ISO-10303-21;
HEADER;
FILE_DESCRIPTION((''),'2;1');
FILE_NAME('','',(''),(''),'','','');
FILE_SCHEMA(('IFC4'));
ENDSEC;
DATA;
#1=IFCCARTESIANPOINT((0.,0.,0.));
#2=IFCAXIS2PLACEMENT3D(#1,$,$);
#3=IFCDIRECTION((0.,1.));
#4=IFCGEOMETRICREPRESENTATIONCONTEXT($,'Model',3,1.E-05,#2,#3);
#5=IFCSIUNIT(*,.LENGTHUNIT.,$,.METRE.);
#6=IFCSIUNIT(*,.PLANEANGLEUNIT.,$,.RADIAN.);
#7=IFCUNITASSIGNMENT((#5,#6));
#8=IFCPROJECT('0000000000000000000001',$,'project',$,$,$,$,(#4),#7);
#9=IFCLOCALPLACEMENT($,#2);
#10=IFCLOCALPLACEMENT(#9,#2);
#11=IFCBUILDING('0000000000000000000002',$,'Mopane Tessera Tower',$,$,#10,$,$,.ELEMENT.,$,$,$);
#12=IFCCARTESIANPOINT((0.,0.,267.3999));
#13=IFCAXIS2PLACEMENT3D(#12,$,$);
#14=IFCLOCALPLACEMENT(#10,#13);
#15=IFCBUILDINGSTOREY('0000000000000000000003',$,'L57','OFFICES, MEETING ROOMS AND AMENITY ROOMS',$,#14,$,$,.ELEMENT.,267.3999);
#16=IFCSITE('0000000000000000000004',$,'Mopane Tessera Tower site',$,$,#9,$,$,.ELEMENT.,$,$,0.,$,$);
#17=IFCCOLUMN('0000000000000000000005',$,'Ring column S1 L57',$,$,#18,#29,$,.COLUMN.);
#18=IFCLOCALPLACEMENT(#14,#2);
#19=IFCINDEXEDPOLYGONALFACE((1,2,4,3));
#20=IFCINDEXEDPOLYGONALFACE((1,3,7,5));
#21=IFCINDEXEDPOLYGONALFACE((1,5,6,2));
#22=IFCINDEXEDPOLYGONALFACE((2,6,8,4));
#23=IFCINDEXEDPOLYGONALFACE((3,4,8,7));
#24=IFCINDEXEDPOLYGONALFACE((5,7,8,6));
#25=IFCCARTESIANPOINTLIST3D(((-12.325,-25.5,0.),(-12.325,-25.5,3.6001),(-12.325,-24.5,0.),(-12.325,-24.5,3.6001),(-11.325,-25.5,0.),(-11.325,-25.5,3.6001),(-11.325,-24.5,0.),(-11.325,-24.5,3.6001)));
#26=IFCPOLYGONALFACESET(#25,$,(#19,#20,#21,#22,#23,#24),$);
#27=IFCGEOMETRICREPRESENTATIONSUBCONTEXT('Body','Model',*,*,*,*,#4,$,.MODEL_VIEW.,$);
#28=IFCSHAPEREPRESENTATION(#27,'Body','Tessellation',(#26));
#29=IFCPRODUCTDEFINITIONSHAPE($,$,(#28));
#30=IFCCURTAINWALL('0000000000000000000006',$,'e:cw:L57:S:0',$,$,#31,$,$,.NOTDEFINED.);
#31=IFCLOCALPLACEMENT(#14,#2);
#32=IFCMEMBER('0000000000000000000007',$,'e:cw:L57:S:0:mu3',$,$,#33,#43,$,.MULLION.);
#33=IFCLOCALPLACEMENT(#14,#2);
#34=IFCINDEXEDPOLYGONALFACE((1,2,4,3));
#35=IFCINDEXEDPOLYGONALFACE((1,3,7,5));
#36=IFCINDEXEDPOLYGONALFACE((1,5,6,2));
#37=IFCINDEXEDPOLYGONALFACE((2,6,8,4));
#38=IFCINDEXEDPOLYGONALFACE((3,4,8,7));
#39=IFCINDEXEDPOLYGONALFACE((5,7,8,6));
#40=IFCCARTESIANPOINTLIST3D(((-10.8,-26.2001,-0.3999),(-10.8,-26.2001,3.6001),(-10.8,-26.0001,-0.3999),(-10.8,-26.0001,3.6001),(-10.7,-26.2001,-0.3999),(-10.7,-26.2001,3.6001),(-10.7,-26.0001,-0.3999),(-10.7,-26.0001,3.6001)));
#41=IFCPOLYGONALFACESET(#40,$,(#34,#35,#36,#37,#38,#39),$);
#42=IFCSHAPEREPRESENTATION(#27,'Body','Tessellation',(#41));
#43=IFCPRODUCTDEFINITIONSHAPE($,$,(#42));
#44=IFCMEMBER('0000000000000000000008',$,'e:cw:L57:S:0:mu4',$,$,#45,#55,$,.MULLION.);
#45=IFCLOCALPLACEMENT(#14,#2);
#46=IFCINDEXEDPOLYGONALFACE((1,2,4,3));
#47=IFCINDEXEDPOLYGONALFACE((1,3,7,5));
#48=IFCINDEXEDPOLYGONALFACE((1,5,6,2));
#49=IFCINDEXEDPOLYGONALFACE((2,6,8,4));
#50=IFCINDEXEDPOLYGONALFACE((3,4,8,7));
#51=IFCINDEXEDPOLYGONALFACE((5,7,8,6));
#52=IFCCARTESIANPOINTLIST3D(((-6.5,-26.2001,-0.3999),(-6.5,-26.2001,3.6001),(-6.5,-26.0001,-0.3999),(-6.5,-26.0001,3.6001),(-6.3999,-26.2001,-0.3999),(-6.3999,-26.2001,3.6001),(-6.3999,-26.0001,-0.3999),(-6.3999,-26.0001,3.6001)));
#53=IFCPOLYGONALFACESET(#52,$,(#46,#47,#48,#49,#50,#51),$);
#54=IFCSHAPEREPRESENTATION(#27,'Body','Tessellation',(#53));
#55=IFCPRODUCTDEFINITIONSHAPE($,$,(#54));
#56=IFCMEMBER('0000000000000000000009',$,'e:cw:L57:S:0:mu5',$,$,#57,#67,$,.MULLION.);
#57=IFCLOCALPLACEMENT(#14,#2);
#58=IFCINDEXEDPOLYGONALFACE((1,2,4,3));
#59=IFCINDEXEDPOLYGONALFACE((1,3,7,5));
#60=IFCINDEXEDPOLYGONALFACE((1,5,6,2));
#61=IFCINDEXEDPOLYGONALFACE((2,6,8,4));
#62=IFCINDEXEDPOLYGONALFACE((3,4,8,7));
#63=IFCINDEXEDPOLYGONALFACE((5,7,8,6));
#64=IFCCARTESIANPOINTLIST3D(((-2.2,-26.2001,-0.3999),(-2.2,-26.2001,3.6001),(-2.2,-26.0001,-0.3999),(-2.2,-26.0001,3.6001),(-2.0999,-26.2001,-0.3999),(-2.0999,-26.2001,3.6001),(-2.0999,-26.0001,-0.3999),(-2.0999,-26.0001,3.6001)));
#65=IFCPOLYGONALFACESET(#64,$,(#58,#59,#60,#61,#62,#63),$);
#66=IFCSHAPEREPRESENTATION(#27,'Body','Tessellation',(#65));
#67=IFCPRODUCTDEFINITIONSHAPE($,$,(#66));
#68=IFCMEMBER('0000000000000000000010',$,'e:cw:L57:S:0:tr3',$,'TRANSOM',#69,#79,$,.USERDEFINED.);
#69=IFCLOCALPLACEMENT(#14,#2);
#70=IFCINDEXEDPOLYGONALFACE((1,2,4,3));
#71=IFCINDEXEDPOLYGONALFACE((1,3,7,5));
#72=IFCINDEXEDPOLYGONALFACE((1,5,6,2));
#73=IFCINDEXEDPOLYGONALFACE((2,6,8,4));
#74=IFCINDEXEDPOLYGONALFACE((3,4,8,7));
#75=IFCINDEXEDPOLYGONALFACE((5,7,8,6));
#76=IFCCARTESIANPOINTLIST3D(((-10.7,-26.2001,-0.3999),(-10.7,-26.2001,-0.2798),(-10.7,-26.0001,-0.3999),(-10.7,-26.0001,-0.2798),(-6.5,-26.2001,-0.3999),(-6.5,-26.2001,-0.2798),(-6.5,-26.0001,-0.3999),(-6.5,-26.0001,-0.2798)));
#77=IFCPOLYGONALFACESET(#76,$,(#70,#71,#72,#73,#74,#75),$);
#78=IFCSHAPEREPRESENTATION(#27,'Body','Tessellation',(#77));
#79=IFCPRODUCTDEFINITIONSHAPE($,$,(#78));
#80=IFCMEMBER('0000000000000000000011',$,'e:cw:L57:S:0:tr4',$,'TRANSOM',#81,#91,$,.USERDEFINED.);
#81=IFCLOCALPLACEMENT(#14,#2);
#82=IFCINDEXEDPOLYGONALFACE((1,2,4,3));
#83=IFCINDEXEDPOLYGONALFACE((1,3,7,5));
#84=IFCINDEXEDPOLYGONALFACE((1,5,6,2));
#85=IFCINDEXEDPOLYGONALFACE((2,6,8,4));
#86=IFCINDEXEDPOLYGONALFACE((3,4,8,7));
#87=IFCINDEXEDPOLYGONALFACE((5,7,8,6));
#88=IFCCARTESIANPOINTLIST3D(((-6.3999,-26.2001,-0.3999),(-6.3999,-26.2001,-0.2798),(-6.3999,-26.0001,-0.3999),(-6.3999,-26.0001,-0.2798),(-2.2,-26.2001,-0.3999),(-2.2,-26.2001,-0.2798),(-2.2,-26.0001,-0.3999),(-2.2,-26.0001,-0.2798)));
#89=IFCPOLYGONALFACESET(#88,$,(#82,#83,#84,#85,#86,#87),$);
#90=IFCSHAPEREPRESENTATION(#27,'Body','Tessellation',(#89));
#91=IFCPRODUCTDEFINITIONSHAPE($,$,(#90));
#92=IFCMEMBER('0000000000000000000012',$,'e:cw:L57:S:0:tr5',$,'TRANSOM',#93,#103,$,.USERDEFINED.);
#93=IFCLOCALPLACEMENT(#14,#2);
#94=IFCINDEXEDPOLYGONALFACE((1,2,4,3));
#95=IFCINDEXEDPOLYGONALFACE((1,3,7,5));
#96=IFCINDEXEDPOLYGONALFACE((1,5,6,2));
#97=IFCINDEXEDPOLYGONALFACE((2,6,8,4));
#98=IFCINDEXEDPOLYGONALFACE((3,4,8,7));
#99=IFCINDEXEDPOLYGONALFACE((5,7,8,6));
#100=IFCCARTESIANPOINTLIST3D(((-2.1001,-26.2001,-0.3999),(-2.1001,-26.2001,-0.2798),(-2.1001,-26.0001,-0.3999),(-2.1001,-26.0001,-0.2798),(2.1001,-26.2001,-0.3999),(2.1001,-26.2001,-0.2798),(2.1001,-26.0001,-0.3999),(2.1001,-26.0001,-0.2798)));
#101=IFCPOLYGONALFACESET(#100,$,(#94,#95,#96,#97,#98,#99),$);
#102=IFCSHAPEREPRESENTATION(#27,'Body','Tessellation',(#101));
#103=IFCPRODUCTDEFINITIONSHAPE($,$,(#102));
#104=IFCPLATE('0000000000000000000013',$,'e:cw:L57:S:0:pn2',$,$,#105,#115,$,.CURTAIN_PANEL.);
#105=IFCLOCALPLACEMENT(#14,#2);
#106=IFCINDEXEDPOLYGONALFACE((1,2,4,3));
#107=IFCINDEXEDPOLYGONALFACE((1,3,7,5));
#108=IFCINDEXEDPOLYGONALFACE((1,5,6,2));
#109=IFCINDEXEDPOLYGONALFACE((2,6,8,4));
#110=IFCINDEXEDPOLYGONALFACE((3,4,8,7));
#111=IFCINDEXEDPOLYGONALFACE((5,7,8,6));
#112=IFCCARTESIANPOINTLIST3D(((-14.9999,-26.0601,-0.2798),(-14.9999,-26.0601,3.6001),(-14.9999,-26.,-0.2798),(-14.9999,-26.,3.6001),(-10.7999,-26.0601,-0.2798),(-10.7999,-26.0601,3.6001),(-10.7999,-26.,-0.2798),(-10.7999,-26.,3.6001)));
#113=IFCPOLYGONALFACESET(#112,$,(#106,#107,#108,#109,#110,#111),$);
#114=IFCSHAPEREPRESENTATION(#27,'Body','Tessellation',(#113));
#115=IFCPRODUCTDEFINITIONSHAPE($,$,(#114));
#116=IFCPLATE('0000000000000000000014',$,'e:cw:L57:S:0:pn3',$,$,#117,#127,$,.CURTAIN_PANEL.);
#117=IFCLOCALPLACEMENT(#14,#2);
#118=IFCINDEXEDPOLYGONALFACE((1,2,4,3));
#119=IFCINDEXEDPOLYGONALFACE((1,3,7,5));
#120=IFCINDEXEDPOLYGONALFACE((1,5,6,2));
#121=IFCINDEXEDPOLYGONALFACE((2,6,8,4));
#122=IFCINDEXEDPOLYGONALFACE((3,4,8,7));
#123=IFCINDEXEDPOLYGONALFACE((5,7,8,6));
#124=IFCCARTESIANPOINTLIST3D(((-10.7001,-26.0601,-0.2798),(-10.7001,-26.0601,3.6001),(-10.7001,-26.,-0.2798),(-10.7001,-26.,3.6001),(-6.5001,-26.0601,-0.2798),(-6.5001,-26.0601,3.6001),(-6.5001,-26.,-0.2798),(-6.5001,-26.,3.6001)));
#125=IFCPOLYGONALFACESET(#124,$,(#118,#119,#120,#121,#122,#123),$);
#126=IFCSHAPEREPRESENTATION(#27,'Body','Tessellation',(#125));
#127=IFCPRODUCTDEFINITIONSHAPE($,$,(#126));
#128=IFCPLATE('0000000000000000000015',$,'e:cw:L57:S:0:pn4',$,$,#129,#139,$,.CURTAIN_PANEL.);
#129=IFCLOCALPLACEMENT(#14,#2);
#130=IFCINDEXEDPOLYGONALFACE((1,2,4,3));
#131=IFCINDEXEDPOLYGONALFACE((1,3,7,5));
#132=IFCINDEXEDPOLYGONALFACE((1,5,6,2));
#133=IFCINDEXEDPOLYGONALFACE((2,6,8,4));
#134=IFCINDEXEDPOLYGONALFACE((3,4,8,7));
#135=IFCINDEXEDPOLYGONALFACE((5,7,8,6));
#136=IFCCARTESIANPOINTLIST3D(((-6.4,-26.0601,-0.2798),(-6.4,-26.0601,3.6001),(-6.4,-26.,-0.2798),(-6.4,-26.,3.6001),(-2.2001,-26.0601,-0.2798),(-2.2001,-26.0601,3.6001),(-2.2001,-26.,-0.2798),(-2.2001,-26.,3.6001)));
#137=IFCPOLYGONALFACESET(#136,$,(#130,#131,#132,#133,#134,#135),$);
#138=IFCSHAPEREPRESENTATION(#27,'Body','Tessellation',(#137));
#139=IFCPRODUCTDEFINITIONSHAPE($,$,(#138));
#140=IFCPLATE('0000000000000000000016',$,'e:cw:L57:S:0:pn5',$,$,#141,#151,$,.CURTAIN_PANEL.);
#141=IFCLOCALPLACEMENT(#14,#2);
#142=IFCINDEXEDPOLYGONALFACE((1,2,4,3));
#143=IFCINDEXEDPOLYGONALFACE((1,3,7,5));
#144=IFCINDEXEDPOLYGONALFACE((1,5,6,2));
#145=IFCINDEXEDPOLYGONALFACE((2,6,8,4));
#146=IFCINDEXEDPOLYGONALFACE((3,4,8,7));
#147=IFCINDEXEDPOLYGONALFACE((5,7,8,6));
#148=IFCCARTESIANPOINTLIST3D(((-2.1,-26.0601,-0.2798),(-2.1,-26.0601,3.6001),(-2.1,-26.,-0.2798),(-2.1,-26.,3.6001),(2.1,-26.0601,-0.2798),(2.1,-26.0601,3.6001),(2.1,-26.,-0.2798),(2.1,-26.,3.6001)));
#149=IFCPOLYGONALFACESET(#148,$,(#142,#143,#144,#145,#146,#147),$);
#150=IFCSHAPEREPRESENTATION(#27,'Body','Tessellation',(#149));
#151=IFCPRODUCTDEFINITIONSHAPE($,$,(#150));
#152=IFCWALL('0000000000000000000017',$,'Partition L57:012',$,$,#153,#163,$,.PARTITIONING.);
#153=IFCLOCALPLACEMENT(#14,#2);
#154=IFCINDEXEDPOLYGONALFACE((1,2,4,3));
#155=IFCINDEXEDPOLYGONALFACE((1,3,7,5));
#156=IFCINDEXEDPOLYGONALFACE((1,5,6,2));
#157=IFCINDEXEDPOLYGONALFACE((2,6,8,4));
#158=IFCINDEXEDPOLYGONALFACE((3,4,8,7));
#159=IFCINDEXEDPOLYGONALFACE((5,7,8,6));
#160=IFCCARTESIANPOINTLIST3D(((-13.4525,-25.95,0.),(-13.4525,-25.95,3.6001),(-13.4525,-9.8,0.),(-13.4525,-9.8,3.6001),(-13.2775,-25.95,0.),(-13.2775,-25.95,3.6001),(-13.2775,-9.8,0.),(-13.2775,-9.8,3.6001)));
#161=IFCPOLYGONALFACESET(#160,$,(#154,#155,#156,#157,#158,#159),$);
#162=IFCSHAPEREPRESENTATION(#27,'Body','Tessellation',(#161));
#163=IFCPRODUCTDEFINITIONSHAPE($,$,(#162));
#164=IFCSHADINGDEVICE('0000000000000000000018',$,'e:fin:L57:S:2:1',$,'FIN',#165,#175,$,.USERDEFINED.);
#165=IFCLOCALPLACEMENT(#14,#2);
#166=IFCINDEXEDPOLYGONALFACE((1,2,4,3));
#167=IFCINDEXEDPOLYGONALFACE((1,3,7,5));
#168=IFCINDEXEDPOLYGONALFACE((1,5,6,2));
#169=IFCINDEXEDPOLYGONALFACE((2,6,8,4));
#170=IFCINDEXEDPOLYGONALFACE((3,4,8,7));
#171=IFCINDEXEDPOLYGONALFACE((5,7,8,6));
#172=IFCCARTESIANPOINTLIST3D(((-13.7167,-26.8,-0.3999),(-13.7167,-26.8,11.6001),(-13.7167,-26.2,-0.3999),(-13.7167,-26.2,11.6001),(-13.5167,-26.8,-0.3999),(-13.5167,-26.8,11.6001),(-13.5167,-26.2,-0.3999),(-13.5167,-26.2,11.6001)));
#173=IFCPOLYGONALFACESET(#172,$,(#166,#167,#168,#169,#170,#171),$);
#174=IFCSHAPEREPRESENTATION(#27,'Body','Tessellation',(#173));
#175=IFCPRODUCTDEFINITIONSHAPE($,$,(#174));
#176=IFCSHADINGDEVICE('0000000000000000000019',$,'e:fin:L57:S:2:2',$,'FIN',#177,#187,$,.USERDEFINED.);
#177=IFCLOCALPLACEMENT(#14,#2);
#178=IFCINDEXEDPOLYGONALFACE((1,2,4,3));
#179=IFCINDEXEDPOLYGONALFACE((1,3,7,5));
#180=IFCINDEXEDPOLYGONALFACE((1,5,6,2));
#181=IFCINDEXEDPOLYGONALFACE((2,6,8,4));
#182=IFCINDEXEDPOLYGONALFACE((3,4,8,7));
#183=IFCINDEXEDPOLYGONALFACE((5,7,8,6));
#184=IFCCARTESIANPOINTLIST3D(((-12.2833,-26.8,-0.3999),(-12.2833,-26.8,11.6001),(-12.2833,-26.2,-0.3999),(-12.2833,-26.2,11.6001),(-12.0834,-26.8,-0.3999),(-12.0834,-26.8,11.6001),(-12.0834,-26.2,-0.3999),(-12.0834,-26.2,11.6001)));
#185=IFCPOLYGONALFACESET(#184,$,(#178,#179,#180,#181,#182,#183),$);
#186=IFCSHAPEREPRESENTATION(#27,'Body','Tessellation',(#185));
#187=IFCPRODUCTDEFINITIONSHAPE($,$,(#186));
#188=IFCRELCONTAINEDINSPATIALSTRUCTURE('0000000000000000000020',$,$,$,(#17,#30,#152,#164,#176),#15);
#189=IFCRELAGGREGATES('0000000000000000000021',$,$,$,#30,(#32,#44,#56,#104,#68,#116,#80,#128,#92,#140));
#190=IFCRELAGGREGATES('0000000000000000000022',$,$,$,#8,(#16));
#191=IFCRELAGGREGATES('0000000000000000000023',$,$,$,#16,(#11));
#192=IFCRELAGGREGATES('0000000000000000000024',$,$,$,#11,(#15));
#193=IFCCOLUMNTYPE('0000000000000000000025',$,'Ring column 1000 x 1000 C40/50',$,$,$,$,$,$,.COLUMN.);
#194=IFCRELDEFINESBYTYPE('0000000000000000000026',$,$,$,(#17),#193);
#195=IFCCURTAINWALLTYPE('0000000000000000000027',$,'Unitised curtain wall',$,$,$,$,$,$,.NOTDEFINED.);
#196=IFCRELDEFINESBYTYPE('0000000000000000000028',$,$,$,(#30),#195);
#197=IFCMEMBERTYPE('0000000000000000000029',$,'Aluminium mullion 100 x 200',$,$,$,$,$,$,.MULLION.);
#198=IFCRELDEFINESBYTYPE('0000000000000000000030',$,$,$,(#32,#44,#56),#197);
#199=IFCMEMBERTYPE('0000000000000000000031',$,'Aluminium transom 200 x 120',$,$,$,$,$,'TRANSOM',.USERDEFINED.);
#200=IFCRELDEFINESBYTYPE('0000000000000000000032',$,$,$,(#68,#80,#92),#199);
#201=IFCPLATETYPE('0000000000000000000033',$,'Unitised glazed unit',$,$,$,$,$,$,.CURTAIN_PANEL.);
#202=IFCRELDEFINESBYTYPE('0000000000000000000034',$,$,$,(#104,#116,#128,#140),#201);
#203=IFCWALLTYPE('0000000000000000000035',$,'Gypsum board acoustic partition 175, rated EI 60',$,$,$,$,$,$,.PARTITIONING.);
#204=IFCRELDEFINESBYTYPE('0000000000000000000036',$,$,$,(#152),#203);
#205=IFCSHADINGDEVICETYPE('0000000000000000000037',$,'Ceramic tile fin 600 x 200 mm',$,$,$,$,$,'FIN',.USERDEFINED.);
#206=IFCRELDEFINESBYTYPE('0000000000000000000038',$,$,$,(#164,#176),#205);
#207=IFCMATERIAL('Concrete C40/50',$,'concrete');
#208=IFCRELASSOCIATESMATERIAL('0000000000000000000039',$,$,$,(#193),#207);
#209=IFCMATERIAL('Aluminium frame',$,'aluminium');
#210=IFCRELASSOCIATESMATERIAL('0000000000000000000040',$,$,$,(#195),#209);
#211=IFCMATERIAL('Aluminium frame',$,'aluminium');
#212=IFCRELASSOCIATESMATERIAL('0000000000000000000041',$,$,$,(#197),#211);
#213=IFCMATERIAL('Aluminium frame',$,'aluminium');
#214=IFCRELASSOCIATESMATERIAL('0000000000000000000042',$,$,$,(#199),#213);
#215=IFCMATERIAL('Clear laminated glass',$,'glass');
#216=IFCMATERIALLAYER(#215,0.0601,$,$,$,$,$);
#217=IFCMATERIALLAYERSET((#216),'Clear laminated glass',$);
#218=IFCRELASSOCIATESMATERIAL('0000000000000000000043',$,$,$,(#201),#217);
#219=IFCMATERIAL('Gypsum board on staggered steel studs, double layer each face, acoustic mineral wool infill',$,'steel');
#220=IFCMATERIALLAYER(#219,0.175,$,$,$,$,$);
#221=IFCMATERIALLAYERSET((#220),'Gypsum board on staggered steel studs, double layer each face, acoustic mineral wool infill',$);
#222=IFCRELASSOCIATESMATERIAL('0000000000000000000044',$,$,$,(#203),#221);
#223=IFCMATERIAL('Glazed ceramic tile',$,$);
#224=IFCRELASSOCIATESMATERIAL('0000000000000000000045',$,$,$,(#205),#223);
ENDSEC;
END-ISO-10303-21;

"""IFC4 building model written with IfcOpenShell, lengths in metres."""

from ifc_helpers import new_model, si_unit, direction, frame, frame_2d, origin, origin_2d, place, context, subcontext, project, spatial, rectangle, extrude, material, layer, layer_set, material_profile, profile_set, type_object, element, aggregate, save


model = new_model("IFC4")

# Units and contexts
model_context = context("Model", 3, precision=1e-05, world=origin(), true_north=direction((0.0, 1.0)))
body_context = subcontext(model_context, "Body", "Model", "MODEL_VIEW")
ifc_project = project(units=[si_unit("LENGTHUNIT", "METRE"), si_unit("PLANEANGLEUNIT", "RADIAN")], contexts=[model_context])

# Site, building, storey
site_placement = place(None, origin())
site = spatial("IfcSite", under=ifc_project, at=site_placement, Name="Mopane Tessera Tower site", CompositionType="ELEMENT", RefElevation=0.0)
building_placement = place(site_placement, origin())
building = spatial("IfcBuilding", under=site, at=building_placement, Name="Mopane Tessera Tower", CompositionType="ELEMENT")
storey_placement = place(building_placement, frame((0.0, 0.0, 267.3999)))
storey = spatial("IfcBuildingStorey", under=building, at=storey_placement, Name="L57", Description="OFFICES, MEETING ROOMS AND AMENITY ROOMS", CompositionType="ELEMENT", Elevation=267.3999)

# Column
ifc_material_1 = material(Name="Concrete C40/50", Category="concrete")
ifc_material_profile_1 = material_profile(ifc_material_1, rectangle(XDim=1.0, YDim=1.0, at=origin_2d()))
ifc_profile_set_1 = profile_set([ifc_material_profile_1], Name="Concrete C40/50")
column_type = type_object("IfcColumnType", Name="Ring column 1000 x 1000 C40/50", PredefinedType="COLUMN", material=ifc_profile_set_1)
column_placement = place(storey_placement, frame((-11.825, -25.0, 0.0), z_axis=(0.0, 0.0, 1.0), x_axis=(1.0, 0.0, 0.0)))
element("IfcColumn", 1, at=column_placement, inside=storey, type_object=column_type, Name="Ring column S1 L57", PredefinedType="COLUMN", context=body_context, shape_type="SweptSolid", body=[
    extrude(rectangle(XDim=1.0, YDim=1.0, at=origin_2d()), origin(), (0.0, 0.0, 1.0), 3.6001),
])

# Curtain wall, members, plates
ifc_material_2 = material(Name="Aluminium frame", Category="aluminium")
curtain_wall_type = type_object("IfcCurtainWallType", Name="Unitised curtain wall", PredefinedType="NOTDEFINED", material=ifc_material_2)
curtain_wall_placement = place(storey_placement, origin())
curtain_wall = element("IfcCurtainWall", 2, at=curtain_wall_placement, inside=storey, type_object=curtain_wall_type, Name="e:cw:L57:S:0", PredefinedType="NOTDEFINED")
ifc_material_3 = material(Name="Aluminium frame", Category="aluminium")
ifc_material_profile_2 = material_profile(ifc_material_3, rectangle(XDim=0.1001, YDim=0.2, at=origin_2d()))
ifc_profile_set_2 = profile_set([ifc_material_profile_2], Name="Aluminium frame")
member_type_1 = type_object("IfcMemberType", Name="Aluminium mullion 100 x 200", PredefinedType="MULLION", material=ifc_profile_set_2)
member_1_placement = place(storey_placement, frame((-10.75, -26.1001, -0.3999), z_axis=(0.0, 0.0, 1.0), x_axis=(1.0, 0.0, 0.0)))
member_1 = element("IfcMember", 3, at=member_1_placement, type_object=member_type_1, Name="e:cw:L57:S:0:mu3", PredefinedType="MULLION", context=body_context, shape_type="SweptSolid", body=[
    extrude(rectangle(XDim=0.1001, YDim=0.2, at=origin_2d()), origin(), (0.0, 0.0, 1.0), 4.0),
])
member_2_placement = place(storey_placement, frame((-6.45, -26.1001, -0.3999), z_axis=(0.0, 0.0, 1.0), x_axis=(1.0, 0.0, 0.0)))
member_2 = element("IfcMember", 4, at=member_2_placement, type_object=member_type_1, Name="e:cw:L57:S:0:mu4", PredefinedType="MULLION", context=body_context, shape_type="SweptSolid", body=[
    extrude(rectangle(XDim=0.1001, YDim=0.2, at=origin_2d()), origin(), (0.0, 0.0, 1.0), 4.0),
])
member_3_placement = place(storey_placement, frame((-2.1499, -26.1001, -0.3999), z_axis=(0.0, 0.0, 1.0), x_axis=(1.0, 0.0, 0.0)))
member_3 = element("IfcMember", 5, at=member_3_placement, type_object=member_type_1, Name="e:cw:L57:S:0:mu5", PredefinedType="MULLION", context=body_context, shape_type="SweptSolid", body=[
    extrude(rectangle(XDim=0.1001, YDim=0.2, at=origin_2d()), origin(), (0.0, 0.0, 1.0), 4.0),
])
ifc_material_4 = material(Name="Aluminium frame", Category="aluminium")
ifc_material_profile_3 = material_profile(ifc_material_4, rectangle(XDim=0.2, YDim=0.1201, at=origin_2d()))
ifc_profile_set_3 = profile_set([ifc_material_profile_3], Name="Aluminium frame")
member_type_2 = type_object("IfcMemberType", Name="Aluminium transom 200 x 120", ElementType="TRANSOM", PredefinedType="USERDEFINED", material=ifc_profile_set_3)
member_4_placement = place(storey_placement, frame((-10.7, -26.1001, -0.3398), z_axis=(1.0, 0.0, 0.0), x_axis=(0.0, 1.0, 0.0)))
member_4 = element("IfcMember", 6, at=member_4_placement, type_object=member_type_2, Name="e:cw:L57:S:0:tr3", ObjectType="TRANSOM", PredefinedType="USERDEFINED", context=body_context, shape_type="SweptSolid", body=[
    extrude(rectangle(XDim=0.2, YDim=0.1201, at=origin_2d()), origin(), (0.0, 0.0, 1.0), 4.2),
])
member_5_placement = place(storey_placement, frame((-6.3999, -26.1001, -0.3398), z_axis=(1.0, 0.0, 0.0), x_axis=(0.0, 1.0, 0.0)))
member_5 = element("IfcMember", 7, at=member_5_placement, type_object=member_type_2, Name="e:cw:L57:S:0:tr4", ObjectType="TRANSOM", PredefinedType="USERDEFINED", context=body_context, shape_type="SweptSolid", body=[
    extrude(rectangle(XDim=0.2, YDim=0.1201, at=origin_2d()), origin(), (0.0, 0.0, 1.0), 4.2),
])
member_6_placement = place(storey_placement, frame((-2.1001, -26.1001, -0.3398), z_axis=(1.0, 0.0, 0.0), x_axis=(0.0, 1.0, 0.0)))
member_6 = element("IfcMember", 8, at=member_6_placement, type_object=member_type_2, Name="e:cw:L57:S:0:tr5", ObjectType="TRANSOM", PredefinedType="USERDEFINED", context=body_context, shape_type="SweptSolid", body=[
    extrude(rectangle(XDim=0.2, YDim=0.1201, at=origin_2d()), origin(), (0.0, 0.0, 1.0), 4.2002),
])
ifc_material_5 = material(Name="Clear laminated glass", Category="glass")
ifc_layer_1 = layer(ifc_material_5, 0.0601)
ifc_layer_set_1 = layer_set([ifc_layer_1], Name="Clear laminated glass")
plate_type = type_object("IfcPlateType", Name="Unitised glazed unit", PredefinedType="CURTAIN_PANEL", material=ifc_layer_set_1)
plate_1_placement = place(storey_placement, frame((-12.8999, -26.03, -0.2798), z_axis=(0.0, 0.0, 1.0), x_axis=(1.0, 0.0, 0.0)))
plate_1 = element("IfcPlate", 9, at=plate_1_placement, type_object=plate_type, Name="e:cw:L57:S:0:pn2", PredefinedType="CURTAIN_PANEL", context=body_context, shape_type="SweptSolid", body=[
    extrude(rectangle(XDim=4.2, YDim=0.0601, at=origin_2d()), origin(), (0.0, 0.0, 1.0), 3.8799),
])
plate_2_placement = place(storey_placement, frame((-8.6001, -26.03, -0.2798), z_axis=(0.0, 0.0, 1.0), x_axis=(1.0, 0.0, 0.0)))
plate_2 = element("IfcPlate", 10, at=plate_2_placement, type_object=plate_type, Name="e:cw:L57:S:0:pn3", PredefinedType="CURTAIN_PANEL", context=body_context, shape_type="SweptSolid", body=[
    extrude(rectangle(XDim=4.2, YDim=0.0601, at=origin_2d()), origin(), (0.0, 0.0, 1.0), 3.8799),
])
plate_3_placement = place(storey_placement, frame((-4.3, -26.03, -0.2798), z_axis=(0.0, 0.0, 1.0), x_axis=(1.0, 0.0, 0.0)))
plate_3 = element("IfcPlate", 11, at=plate_3_placement, type_object=plate_type, Name="e:cw:L57:S:0:pn4", PredefinedType="CURTAIN_PANEL", context=body_context, shape_type="SweptSolid", body=[
    extrude(rectangle(XDim=4.2, YDim=0.0601, at=origin_2d()), origin(), (0.0, 0.0, 1.0), 3.8799),
])
plate_4_placement = place(storey_placement, frame((0.0, -26.03, -0.2798), z_axis=(0.0, 0.0, 1.0), x_axis=(1.0, 0.0, 0.0)))
plate_4 = element("IfcPlate", 12, at=plate_4_placement, type_object=plate_type, Name="e:cw:L57:S:0:pn5", PredefinedType="CURTAIN_PANEL", context=body_context, shape_type="SweptSolid", body=[
    extrude(rectangle(XDim=4.2, YDim=0.0601, at=origin_2d()), origin(), (0.0, 0.0, 1.0), 3.8799),
])
aggregate(curtain_wall, [member_1, member_2, member_3, plate_1, member_4, plate_2, member_5, plate_3, member_6, plate_4])

# Wall
ifc_material_6 = material(Name="Gypsum board on staggered steel studs, double layer each face, acoustic mineral wool infill", Category="steel")
ifc_layer_2 = layer(ifc_material_6, 0.175)
ifc_layer_set_2 = layer_set([ifc_layer_2], Name="Gypsum board on staggered steel studs, double layer each face, acoustic mineral wool infill")
wall_type = type_object("IfcWallType", Name="Gypsum board acoustic partition 175, rated EI 60", PredefinedType="PARTITIONING", material=ifc_layer_set_2)
wall_placement = place(storey_placement, frame((-13.365, -25.95, 0.0), z_axis=(0.0, 0.0, 1.0), x_axis=(0.0, 1.0, 0.0)))
element("IfcWall", 13, at=wall_placement, inside=storey, type_object=wall_type, Name="Partition L57:012", PredefinedType="PARTITIONING", context=body_context, shape_type="SweptSolid", body=[
    extrude(rectangle(XDim=16.1499, YDim=0.175, at=frame_2d((8.075, 0.0))), origin(), (0.0, 0.0, 1.0), 3.6001),
])

# Shading devices
ifc_material_7 = material(Name="Glazed ceramic tile")
shading_device_type = type_object("IfcShadingDeviceType", Name="Ceramic tile fin 600 x 200 mm", ElementType="FIN", PredefinedType="USERDEFINED", material=ifc_material_7)
for number, where, z_axis, x_axis, name in (
    (14, (-13.6167, -26.5, -0.3999), (0.0, 0.0, 1.0), (1.0, 0.0, 0.0), "e:fin:L57:S:2:1"),
    (15, (-12.1833, -26.5, -0.3999), (0.0, 0.0, 1.0), (1.0, 0.0, 0.0), "e:fin:L57:S:2:2"),
):
    element("IfcShadingDevice", number, at=place(storey_placement, frame(where, z_axis=z_axis, x_axis=x_axis)), inside=storey, type_object=shading_device_type, Name=name, ObjectType="FIN", PredefinedType="USERDEFINED", context=body_context, shape_type="SweptSolid", body=[
        extrude(rectangle(XDim=0.2, YDim=0.6001, at=origin_2d()), origin(), (0.0, 0.0, 1.0), 12.0),
    ])

save(model, "model.ifc")
